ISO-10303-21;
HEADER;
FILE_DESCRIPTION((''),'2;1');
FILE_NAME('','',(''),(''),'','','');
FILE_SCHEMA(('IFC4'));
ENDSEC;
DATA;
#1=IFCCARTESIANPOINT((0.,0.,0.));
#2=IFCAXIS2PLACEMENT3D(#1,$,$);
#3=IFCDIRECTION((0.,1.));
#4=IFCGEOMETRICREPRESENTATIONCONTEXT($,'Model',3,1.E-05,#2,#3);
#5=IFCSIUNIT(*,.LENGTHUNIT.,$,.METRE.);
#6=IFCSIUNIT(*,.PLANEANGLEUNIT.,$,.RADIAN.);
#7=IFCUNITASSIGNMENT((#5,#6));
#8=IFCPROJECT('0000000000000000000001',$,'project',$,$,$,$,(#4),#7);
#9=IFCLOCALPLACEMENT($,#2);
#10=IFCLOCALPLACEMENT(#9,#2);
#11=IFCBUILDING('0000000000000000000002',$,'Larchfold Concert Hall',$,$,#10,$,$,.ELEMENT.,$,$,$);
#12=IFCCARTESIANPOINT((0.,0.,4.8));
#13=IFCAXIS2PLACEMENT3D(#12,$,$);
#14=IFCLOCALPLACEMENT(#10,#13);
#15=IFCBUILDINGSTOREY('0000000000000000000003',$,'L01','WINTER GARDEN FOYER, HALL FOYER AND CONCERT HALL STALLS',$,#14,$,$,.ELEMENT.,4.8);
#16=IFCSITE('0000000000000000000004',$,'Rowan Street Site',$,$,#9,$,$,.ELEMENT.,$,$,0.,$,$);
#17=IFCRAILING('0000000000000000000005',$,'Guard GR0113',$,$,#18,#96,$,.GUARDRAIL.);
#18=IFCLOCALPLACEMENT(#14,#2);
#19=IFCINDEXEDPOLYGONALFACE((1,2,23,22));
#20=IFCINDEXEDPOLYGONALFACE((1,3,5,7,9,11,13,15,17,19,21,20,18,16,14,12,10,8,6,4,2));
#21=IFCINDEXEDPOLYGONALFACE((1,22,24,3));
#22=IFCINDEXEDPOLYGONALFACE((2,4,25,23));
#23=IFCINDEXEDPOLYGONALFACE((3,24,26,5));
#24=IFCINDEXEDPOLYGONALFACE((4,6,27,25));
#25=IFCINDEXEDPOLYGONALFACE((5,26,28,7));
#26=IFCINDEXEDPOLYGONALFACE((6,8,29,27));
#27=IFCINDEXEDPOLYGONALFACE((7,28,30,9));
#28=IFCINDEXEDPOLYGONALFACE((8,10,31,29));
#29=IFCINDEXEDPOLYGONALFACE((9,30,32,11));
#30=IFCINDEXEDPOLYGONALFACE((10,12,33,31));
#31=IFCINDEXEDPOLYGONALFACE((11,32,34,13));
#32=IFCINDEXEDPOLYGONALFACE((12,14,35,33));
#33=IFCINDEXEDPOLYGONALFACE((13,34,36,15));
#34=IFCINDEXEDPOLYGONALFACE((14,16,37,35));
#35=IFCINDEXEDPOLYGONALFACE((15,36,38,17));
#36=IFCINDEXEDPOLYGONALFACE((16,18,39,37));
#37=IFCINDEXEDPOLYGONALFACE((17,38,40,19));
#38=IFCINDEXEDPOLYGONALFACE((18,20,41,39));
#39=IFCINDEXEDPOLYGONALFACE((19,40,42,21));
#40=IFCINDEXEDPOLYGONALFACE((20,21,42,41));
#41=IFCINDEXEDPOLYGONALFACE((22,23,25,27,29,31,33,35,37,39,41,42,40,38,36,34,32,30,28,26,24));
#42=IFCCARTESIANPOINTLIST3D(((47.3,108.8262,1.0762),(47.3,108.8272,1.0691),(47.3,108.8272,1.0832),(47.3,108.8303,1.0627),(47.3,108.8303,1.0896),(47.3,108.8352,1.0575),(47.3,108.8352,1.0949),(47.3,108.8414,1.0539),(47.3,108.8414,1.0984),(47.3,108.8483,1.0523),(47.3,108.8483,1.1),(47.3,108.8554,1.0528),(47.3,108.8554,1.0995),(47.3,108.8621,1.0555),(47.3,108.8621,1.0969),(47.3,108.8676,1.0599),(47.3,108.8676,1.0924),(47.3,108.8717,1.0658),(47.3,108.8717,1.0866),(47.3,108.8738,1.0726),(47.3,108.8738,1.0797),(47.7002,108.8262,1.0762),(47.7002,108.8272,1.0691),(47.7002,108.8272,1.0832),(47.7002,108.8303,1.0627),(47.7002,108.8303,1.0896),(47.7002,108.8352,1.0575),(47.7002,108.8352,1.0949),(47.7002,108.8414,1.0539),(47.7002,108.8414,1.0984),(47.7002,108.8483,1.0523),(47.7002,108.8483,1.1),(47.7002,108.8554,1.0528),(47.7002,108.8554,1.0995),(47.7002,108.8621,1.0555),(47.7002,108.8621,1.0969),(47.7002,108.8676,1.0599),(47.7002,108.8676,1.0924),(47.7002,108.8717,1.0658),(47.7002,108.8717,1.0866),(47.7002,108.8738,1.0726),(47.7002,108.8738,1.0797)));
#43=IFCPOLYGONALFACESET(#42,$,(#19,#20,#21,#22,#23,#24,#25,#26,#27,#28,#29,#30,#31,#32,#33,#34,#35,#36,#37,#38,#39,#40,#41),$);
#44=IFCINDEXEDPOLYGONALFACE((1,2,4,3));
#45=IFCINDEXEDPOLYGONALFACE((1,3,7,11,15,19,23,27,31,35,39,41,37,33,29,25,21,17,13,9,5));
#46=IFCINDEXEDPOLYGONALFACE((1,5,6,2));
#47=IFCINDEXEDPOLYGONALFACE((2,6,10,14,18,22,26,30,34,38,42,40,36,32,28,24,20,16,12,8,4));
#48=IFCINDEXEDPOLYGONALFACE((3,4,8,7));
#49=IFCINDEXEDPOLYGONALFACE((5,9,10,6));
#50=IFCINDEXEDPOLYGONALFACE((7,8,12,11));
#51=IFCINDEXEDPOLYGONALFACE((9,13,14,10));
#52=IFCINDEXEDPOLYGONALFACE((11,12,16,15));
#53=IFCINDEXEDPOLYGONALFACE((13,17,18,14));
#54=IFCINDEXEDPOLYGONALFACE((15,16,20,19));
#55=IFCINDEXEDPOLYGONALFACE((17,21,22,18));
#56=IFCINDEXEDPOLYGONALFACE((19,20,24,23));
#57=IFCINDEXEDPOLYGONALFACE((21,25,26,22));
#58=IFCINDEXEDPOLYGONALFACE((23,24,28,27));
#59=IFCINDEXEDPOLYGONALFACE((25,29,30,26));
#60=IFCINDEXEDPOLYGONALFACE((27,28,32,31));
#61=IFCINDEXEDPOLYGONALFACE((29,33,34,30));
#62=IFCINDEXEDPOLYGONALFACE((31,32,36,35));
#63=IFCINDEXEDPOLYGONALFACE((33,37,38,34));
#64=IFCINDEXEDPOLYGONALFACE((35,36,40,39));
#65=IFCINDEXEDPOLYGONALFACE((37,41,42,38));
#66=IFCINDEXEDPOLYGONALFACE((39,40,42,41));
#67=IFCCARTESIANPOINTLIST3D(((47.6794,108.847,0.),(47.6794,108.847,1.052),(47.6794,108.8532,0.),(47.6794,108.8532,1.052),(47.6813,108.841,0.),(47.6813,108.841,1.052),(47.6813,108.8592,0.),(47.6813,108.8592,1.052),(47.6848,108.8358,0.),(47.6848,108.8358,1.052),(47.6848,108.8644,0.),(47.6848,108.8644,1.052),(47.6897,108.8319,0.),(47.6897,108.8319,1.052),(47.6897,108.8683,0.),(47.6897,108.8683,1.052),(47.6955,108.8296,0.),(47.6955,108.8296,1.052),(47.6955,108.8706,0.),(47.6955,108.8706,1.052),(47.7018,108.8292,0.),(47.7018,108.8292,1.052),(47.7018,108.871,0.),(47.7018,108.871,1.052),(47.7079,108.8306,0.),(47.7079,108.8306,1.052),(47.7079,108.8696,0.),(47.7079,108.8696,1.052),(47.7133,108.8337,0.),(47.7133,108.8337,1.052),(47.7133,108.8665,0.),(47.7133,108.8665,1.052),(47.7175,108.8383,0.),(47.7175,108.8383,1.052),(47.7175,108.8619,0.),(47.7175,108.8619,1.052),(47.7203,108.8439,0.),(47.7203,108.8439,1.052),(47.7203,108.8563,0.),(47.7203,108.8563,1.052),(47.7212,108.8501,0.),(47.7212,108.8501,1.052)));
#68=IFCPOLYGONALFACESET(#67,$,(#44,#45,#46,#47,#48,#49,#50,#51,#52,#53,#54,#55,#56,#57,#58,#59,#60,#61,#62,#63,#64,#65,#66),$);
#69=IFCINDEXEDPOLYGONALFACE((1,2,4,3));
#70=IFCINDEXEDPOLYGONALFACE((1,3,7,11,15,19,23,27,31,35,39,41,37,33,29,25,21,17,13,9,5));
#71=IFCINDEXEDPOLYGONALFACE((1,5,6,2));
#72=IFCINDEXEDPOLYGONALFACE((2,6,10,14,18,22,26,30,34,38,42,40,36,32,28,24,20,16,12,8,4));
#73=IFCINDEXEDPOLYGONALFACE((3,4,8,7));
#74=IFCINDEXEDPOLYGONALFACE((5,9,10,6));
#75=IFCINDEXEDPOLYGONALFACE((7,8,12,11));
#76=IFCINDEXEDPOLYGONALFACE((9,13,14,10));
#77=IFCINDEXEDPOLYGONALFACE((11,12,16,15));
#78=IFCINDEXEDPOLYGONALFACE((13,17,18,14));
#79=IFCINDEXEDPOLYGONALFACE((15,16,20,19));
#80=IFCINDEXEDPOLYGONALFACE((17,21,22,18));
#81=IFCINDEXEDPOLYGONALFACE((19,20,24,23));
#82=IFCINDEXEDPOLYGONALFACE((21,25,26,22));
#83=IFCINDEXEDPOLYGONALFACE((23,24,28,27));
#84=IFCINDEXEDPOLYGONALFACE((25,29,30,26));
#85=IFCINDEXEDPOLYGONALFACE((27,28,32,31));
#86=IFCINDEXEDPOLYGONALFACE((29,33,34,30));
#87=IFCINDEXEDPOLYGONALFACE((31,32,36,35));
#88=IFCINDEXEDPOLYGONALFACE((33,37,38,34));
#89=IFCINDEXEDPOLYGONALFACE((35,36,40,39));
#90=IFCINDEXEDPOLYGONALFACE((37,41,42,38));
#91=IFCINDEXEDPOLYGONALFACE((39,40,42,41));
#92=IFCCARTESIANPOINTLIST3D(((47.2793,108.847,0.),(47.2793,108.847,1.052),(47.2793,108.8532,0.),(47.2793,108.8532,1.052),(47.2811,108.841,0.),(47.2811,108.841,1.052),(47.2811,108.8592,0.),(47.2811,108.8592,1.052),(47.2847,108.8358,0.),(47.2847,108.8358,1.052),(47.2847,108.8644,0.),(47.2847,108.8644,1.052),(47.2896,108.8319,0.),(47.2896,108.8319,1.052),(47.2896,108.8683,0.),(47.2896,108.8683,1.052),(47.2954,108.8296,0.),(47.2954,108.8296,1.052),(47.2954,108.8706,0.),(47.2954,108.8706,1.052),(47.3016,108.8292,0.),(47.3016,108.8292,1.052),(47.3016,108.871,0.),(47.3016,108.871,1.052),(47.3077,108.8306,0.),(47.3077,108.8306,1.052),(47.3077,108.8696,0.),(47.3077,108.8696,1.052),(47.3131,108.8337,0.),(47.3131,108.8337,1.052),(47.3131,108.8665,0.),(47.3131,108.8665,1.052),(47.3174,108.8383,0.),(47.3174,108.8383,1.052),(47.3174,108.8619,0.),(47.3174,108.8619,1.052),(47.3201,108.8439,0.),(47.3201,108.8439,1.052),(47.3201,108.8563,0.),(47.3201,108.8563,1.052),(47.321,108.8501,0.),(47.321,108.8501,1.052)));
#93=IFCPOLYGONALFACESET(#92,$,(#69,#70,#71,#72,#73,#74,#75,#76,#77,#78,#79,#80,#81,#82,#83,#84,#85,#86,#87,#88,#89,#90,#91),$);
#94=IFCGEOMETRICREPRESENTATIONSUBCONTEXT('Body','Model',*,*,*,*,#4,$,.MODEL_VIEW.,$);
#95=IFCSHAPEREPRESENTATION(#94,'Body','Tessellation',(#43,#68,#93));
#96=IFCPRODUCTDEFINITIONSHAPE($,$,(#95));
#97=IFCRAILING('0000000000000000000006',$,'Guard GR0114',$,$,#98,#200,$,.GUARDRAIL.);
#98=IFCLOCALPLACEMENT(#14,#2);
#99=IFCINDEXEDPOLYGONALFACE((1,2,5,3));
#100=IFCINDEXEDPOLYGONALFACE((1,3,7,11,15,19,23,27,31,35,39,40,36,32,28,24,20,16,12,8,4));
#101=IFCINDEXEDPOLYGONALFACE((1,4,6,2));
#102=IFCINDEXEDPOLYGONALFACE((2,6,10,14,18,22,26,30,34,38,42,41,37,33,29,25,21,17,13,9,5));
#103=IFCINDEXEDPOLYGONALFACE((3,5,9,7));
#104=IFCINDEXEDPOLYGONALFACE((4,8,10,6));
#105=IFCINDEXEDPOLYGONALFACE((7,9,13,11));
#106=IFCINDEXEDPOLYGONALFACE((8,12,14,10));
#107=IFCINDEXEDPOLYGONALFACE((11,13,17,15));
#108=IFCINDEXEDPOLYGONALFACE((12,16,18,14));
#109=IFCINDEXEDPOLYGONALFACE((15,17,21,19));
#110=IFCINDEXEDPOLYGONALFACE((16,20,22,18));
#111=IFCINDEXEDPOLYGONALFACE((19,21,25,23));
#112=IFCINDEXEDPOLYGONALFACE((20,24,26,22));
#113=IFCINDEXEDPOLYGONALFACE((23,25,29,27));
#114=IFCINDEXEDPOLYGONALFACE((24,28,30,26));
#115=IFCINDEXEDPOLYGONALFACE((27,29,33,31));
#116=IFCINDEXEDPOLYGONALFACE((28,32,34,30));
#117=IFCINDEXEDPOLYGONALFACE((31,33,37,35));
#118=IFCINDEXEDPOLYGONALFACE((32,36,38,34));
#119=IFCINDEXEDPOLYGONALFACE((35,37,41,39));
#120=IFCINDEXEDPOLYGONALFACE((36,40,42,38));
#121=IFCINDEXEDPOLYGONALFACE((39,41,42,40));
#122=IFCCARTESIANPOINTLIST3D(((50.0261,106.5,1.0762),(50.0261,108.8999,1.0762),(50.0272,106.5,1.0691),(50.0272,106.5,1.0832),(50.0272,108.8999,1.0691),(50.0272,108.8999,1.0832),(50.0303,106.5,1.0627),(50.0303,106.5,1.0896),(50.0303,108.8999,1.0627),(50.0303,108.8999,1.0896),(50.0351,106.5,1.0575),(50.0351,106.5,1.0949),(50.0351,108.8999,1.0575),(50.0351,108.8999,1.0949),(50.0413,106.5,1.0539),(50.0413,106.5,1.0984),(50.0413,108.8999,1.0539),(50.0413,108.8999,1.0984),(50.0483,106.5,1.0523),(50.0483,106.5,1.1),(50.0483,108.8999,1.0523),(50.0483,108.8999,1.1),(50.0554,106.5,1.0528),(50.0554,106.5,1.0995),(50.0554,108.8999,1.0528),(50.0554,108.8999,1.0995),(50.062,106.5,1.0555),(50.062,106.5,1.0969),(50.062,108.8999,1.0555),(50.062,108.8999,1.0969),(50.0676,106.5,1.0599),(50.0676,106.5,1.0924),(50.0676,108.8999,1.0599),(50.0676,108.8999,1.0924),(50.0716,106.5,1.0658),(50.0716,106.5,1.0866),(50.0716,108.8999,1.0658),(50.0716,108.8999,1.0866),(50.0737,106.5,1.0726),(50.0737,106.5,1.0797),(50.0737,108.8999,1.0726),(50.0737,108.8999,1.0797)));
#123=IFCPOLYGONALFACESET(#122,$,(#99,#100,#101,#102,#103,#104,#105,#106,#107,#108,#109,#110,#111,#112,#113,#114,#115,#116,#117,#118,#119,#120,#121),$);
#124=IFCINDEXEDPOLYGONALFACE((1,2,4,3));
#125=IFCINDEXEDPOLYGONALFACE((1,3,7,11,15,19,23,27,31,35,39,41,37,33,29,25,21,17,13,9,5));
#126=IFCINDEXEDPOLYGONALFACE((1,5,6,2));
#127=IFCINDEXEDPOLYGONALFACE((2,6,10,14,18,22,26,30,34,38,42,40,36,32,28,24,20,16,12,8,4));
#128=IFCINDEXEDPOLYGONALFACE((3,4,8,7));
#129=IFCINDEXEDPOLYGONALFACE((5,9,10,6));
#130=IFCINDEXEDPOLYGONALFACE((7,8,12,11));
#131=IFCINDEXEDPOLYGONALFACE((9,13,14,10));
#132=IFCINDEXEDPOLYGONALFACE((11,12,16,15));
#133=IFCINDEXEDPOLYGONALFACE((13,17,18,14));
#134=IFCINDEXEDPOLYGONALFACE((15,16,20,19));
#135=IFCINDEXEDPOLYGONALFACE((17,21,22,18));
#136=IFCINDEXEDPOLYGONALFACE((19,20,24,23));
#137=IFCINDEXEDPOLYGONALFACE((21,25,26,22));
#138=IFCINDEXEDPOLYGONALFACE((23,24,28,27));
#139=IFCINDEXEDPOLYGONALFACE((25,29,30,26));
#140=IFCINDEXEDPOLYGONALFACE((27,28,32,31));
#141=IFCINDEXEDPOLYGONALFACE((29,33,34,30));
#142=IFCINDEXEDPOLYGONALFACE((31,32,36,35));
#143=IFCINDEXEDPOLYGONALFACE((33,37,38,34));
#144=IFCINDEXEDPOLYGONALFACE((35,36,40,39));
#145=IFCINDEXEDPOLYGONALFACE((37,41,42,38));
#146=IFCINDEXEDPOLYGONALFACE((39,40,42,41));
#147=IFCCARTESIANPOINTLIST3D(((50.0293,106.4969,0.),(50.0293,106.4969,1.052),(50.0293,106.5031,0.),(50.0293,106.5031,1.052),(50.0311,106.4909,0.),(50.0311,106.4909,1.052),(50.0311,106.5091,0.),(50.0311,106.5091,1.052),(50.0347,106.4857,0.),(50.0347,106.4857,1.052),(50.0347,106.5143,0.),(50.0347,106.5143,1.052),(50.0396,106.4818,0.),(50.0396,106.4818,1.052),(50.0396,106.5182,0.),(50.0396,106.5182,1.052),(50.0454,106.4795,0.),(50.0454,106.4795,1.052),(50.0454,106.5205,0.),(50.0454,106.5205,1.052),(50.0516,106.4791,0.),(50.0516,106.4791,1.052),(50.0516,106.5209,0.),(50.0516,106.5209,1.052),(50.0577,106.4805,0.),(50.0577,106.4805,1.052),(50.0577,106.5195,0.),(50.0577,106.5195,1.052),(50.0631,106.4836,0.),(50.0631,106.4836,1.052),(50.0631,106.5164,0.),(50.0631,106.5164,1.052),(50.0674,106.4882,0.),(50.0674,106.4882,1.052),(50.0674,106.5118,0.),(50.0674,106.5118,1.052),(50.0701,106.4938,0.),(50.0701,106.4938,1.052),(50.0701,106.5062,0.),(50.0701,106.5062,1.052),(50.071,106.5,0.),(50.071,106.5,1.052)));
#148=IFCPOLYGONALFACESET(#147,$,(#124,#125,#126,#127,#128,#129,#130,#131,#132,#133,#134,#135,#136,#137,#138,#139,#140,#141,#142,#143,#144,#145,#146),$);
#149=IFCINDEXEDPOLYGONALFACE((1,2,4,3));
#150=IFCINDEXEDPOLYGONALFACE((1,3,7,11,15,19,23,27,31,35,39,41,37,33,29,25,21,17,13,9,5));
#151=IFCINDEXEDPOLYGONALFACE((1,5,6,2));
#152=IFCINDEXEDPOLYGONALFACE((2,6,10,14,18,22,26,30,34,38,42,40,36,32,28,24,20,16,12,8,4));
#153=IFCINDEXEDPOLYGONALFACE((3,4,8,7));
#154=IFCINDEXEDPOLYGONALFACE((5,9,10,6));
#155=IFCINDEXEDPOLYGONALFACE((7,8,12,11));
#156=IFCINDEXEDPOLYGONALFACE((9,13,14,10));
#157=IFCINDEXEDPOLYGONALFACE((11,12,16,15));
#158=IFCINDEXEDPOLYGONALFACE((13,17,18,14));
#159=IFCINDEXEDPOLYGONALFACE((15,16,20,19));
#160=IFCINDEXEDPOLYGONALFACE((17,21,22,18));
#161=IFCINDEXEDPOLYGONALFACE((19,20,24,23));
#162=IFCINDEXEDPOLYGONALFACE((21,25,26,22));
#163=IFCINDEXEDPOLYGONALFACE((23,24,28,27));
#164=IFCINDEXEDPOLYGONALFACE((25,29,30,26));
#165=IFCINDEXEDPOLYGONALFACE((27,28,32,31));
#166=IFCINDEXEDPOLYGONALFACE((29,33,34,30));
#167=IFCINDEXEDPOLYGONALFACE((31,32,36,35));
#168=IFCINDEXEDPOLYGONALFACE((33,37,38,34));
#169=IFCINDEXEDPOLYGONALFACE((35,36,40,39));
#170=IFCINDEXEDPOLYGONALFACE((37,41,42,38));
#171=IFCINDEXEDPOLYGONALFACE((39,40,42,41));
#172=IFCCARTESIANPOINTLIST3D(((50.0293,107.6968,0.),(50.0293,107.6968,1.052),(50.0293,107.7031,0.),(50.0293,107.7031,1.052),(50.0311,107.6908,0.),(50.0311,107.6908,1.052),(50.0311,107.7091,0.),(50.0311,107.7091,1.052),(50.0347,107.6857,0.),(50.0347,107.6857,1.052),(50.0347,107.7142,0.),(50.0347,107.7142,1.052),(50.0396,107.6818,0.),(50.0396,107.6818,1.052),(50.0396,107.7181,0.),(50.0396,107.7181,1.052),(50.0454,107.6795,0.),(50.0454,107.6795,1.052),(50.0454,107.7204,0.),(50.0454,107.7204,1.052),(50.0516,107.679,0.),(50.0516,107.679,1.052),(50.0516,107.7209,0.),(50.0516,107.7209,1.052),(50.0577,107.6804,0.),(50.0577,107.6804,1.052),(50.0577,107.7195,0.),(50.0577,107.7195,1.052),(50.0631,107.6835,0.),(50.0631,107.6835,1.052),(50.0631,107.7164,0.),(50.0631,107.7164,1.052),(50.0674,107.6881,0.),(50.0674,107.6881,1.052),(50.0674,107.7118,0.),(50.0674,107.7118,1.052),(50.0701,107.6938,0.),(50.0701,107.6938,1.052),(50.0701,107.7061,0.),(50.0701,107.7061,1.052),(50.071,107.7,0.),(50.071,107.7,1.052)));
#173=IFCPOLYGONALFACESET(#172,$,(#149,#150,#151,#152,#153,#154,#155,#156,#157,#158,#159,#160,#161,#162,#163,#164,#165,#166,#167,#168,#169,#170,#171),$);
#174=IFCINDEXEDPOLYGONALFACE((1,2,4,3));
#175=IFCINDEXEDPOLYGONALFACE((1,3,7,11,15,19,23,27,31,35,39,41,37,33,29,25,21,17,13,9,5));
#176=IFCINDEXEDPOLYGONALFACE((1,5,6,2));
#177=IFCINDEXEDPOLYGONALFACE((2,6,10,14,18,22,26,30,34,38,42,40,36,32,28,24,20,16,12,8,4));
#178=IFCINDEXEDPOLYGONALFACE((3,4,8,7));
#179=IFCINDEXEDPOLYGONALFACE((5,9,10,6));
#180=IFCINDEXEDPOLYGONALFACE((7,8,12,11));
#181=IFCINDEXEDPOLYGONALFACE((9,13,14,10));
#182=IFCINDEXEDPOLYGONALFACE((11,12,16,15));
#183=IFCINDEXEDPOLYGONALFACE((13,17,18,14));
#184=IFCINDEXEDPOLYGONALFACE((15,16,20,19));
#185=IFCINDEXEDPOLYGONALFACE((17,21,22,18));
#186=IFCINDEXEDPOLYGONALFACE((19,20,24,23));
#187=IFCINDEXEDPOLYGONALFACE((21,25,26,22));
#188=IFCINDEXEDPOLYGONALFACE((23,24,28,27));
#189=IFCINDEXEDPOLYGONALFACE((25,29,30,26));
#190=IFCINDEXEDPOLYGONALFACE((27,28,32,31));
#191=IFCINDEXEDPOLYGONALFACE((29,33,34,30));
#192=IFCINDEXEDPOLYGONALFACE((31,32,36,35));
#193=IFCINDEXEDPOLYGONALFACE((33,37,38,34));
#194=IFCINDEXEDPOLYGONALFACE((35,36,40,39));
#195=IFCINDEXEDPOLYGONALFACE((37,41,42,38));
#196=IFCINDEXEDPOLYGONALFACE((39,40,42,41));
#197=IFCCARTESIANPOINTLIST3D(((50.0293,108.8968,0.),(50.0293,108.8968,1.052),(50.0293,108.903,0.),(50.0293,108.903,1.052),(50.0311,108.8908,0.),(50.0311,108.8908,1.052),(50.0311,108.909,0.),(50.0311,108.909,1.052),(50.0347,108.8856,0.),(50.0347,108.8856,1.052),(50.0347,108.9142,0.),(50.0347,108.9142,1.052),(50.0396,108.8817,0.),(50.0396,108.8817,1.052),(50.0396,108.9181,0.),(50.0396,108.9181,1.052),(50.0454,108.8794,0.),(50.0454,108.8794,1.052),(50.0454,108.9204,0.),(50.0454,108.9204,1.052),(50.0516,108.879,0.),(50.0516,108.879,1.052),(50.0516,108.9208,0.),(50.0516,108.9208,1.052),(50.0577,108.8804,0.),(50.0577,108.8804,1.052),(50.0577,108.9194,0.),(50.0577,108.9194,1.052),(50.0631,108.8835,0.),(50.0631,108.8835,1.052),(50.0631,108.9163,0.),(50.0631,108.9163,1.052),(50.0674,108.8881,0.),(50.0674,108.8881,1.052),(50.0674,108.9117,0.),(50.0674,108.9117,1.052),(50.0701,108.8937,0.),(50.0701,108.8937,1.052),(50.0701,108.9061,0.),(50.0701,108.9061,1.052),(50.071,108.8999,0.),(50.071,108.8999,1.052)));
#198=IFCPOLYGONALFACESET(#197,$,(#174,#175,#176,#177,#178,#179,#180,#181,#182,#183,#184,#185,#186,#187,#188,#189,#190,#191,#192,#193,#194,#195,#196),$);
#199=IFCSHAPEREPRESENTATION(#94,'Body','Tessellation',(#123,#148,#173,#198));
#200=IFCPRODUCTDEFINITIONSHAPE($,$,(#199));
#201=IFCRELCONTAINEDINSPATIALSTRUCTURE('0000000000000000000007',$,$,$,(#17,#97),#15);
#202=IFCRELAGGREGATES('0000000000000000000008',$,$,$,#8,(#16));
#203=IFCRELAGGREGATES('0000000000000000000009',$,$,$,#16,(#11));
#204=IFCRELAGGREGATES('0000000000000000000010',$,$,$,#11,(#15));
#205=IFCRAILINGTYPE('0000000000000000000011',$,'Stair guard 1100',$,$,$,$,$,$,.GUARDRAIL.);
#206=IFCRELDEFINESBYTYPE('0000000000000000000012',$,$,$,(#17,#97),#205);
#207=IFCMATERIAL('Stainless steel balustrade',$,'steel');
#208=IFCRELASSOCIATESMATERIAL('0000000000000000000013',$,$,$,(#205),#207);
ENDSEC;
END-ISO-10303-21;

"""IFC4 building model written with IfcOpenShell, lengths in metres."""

from ifc_helpers import new_model, si_unit, direction, frame, origin, origin_2d, place, context, subcontext, project, spatial, circle, extrude, material, type_object, element, save


model = new_model("IFC4")

# Units and contexts
model_context = context("Model", 3, precision=1e-05, world=origin(), true_north=direction((0.0, 1.0)))
body_context = subcontext(model_context, "Body", "Model", "MODEL_VIEW")
ifc_project = project(units=[si_unit("LENGTHUNIT", "METRE"), si_unit("PLANEANGLEUNIT", "RADIAN")], contexts=[model_context])

# Site, building, storey
site_placement = place(None, origin())
site = spatial("IfcSite", under=ifc_project, at=site_placement, Name="Rowan Street Site", CompositionType="ELEMENT", RefElevation=0.0)
building_placement = place(site_placement, origin())
building = spatial("IfcBuilding", under=site, at=building_placement, Name="Larchfold Concert Hall", CompositionType="ELEMENT")
storey_placement = place(building_placement, frame((0.0, 0.0, 4.8)))
storey = spatial("IfcBuildingStorey", under=building, at=storey_placement, Name="L01", Description="WINTER GARDEN FOYER, HALL FOYER AND CONCERT HALL STALLS", CompositionType="ELEMENT", Elevation=4.8)

# Railings
ifc_material_1 = material(Name="Stainless steel balustrade", Category="steel")
railing_type_1 = type_object("IfcRailingType", Name="Stair guard 1100", PredefinedType="GUARDRAIL", material=ifc_material_1)
railing_1_placement = place(storey_placement, frame((47.7002, 108.8501, 0.0)))
element("IfcRailing", 1, at=railing_1_placement, inside=storey, type_object=railing_type_1, Name="Guard GR0113", PredefinedType="GUARDRAIL", context=body_context, shape_type="SweptSolid", body=[
    extrude(circle(Radius=0.0239, at=origin_2d()), frame((0.0, 0.0, 1.0762), z_axis=(-1.0, 0.0, 0.0), x_axis=(0.0, -1.0, 0.0)), (0.0, 0.0, 1.0), 0.4001),
    extrude(circle(Radius=0.021, at=origin_2d()), origin(), (0.0, 0.0, 1.0), 1.052),
    extrude(circle(Radius=0.021, at=origin_2d()), frame((-0.4001, 0.0, 0.0)), (0.0, 0.0, 1.0), 1.052),
])
railing_2_placement = place(storey_placement, frame((50.05, 106.5, 0.0)))
element("IfcRailing", 2, at=railing_2_placement, inside=storey, type_object=railing_type_1, Name="Guard GR0114", PredefinedType="GUARDRAIL", context=body_context, shape_type="SweptSolid", body=[
    extrude(circle(Radius=0.0239, at=origin_2d()), frame((0.0, 0.0, 1.0762), z_axis=(0.0, 1.0, 0.0), x_axis=(-1.0, 0.0, 0.0)), (0.0, 0.0, 1.0), 2.3999),
    extrude(circle(Radius=0.021, at=origin_2d()), origin(), (0.0, 0.0, 1.0), 1.052),
    extrude(circle(Radius=0.021, at=origin_2d()), frame((0.0, 1.2, 0.0)), (0.0, 0.0, 1.0), 1.052),
    extrude(circle(Radius=0.021, at=origin_2d()), frame((0.0, 2.3999, 0.0)), (0.0, 0.0, 1.0), 1.052),
])

save(model, "model.ifc")
